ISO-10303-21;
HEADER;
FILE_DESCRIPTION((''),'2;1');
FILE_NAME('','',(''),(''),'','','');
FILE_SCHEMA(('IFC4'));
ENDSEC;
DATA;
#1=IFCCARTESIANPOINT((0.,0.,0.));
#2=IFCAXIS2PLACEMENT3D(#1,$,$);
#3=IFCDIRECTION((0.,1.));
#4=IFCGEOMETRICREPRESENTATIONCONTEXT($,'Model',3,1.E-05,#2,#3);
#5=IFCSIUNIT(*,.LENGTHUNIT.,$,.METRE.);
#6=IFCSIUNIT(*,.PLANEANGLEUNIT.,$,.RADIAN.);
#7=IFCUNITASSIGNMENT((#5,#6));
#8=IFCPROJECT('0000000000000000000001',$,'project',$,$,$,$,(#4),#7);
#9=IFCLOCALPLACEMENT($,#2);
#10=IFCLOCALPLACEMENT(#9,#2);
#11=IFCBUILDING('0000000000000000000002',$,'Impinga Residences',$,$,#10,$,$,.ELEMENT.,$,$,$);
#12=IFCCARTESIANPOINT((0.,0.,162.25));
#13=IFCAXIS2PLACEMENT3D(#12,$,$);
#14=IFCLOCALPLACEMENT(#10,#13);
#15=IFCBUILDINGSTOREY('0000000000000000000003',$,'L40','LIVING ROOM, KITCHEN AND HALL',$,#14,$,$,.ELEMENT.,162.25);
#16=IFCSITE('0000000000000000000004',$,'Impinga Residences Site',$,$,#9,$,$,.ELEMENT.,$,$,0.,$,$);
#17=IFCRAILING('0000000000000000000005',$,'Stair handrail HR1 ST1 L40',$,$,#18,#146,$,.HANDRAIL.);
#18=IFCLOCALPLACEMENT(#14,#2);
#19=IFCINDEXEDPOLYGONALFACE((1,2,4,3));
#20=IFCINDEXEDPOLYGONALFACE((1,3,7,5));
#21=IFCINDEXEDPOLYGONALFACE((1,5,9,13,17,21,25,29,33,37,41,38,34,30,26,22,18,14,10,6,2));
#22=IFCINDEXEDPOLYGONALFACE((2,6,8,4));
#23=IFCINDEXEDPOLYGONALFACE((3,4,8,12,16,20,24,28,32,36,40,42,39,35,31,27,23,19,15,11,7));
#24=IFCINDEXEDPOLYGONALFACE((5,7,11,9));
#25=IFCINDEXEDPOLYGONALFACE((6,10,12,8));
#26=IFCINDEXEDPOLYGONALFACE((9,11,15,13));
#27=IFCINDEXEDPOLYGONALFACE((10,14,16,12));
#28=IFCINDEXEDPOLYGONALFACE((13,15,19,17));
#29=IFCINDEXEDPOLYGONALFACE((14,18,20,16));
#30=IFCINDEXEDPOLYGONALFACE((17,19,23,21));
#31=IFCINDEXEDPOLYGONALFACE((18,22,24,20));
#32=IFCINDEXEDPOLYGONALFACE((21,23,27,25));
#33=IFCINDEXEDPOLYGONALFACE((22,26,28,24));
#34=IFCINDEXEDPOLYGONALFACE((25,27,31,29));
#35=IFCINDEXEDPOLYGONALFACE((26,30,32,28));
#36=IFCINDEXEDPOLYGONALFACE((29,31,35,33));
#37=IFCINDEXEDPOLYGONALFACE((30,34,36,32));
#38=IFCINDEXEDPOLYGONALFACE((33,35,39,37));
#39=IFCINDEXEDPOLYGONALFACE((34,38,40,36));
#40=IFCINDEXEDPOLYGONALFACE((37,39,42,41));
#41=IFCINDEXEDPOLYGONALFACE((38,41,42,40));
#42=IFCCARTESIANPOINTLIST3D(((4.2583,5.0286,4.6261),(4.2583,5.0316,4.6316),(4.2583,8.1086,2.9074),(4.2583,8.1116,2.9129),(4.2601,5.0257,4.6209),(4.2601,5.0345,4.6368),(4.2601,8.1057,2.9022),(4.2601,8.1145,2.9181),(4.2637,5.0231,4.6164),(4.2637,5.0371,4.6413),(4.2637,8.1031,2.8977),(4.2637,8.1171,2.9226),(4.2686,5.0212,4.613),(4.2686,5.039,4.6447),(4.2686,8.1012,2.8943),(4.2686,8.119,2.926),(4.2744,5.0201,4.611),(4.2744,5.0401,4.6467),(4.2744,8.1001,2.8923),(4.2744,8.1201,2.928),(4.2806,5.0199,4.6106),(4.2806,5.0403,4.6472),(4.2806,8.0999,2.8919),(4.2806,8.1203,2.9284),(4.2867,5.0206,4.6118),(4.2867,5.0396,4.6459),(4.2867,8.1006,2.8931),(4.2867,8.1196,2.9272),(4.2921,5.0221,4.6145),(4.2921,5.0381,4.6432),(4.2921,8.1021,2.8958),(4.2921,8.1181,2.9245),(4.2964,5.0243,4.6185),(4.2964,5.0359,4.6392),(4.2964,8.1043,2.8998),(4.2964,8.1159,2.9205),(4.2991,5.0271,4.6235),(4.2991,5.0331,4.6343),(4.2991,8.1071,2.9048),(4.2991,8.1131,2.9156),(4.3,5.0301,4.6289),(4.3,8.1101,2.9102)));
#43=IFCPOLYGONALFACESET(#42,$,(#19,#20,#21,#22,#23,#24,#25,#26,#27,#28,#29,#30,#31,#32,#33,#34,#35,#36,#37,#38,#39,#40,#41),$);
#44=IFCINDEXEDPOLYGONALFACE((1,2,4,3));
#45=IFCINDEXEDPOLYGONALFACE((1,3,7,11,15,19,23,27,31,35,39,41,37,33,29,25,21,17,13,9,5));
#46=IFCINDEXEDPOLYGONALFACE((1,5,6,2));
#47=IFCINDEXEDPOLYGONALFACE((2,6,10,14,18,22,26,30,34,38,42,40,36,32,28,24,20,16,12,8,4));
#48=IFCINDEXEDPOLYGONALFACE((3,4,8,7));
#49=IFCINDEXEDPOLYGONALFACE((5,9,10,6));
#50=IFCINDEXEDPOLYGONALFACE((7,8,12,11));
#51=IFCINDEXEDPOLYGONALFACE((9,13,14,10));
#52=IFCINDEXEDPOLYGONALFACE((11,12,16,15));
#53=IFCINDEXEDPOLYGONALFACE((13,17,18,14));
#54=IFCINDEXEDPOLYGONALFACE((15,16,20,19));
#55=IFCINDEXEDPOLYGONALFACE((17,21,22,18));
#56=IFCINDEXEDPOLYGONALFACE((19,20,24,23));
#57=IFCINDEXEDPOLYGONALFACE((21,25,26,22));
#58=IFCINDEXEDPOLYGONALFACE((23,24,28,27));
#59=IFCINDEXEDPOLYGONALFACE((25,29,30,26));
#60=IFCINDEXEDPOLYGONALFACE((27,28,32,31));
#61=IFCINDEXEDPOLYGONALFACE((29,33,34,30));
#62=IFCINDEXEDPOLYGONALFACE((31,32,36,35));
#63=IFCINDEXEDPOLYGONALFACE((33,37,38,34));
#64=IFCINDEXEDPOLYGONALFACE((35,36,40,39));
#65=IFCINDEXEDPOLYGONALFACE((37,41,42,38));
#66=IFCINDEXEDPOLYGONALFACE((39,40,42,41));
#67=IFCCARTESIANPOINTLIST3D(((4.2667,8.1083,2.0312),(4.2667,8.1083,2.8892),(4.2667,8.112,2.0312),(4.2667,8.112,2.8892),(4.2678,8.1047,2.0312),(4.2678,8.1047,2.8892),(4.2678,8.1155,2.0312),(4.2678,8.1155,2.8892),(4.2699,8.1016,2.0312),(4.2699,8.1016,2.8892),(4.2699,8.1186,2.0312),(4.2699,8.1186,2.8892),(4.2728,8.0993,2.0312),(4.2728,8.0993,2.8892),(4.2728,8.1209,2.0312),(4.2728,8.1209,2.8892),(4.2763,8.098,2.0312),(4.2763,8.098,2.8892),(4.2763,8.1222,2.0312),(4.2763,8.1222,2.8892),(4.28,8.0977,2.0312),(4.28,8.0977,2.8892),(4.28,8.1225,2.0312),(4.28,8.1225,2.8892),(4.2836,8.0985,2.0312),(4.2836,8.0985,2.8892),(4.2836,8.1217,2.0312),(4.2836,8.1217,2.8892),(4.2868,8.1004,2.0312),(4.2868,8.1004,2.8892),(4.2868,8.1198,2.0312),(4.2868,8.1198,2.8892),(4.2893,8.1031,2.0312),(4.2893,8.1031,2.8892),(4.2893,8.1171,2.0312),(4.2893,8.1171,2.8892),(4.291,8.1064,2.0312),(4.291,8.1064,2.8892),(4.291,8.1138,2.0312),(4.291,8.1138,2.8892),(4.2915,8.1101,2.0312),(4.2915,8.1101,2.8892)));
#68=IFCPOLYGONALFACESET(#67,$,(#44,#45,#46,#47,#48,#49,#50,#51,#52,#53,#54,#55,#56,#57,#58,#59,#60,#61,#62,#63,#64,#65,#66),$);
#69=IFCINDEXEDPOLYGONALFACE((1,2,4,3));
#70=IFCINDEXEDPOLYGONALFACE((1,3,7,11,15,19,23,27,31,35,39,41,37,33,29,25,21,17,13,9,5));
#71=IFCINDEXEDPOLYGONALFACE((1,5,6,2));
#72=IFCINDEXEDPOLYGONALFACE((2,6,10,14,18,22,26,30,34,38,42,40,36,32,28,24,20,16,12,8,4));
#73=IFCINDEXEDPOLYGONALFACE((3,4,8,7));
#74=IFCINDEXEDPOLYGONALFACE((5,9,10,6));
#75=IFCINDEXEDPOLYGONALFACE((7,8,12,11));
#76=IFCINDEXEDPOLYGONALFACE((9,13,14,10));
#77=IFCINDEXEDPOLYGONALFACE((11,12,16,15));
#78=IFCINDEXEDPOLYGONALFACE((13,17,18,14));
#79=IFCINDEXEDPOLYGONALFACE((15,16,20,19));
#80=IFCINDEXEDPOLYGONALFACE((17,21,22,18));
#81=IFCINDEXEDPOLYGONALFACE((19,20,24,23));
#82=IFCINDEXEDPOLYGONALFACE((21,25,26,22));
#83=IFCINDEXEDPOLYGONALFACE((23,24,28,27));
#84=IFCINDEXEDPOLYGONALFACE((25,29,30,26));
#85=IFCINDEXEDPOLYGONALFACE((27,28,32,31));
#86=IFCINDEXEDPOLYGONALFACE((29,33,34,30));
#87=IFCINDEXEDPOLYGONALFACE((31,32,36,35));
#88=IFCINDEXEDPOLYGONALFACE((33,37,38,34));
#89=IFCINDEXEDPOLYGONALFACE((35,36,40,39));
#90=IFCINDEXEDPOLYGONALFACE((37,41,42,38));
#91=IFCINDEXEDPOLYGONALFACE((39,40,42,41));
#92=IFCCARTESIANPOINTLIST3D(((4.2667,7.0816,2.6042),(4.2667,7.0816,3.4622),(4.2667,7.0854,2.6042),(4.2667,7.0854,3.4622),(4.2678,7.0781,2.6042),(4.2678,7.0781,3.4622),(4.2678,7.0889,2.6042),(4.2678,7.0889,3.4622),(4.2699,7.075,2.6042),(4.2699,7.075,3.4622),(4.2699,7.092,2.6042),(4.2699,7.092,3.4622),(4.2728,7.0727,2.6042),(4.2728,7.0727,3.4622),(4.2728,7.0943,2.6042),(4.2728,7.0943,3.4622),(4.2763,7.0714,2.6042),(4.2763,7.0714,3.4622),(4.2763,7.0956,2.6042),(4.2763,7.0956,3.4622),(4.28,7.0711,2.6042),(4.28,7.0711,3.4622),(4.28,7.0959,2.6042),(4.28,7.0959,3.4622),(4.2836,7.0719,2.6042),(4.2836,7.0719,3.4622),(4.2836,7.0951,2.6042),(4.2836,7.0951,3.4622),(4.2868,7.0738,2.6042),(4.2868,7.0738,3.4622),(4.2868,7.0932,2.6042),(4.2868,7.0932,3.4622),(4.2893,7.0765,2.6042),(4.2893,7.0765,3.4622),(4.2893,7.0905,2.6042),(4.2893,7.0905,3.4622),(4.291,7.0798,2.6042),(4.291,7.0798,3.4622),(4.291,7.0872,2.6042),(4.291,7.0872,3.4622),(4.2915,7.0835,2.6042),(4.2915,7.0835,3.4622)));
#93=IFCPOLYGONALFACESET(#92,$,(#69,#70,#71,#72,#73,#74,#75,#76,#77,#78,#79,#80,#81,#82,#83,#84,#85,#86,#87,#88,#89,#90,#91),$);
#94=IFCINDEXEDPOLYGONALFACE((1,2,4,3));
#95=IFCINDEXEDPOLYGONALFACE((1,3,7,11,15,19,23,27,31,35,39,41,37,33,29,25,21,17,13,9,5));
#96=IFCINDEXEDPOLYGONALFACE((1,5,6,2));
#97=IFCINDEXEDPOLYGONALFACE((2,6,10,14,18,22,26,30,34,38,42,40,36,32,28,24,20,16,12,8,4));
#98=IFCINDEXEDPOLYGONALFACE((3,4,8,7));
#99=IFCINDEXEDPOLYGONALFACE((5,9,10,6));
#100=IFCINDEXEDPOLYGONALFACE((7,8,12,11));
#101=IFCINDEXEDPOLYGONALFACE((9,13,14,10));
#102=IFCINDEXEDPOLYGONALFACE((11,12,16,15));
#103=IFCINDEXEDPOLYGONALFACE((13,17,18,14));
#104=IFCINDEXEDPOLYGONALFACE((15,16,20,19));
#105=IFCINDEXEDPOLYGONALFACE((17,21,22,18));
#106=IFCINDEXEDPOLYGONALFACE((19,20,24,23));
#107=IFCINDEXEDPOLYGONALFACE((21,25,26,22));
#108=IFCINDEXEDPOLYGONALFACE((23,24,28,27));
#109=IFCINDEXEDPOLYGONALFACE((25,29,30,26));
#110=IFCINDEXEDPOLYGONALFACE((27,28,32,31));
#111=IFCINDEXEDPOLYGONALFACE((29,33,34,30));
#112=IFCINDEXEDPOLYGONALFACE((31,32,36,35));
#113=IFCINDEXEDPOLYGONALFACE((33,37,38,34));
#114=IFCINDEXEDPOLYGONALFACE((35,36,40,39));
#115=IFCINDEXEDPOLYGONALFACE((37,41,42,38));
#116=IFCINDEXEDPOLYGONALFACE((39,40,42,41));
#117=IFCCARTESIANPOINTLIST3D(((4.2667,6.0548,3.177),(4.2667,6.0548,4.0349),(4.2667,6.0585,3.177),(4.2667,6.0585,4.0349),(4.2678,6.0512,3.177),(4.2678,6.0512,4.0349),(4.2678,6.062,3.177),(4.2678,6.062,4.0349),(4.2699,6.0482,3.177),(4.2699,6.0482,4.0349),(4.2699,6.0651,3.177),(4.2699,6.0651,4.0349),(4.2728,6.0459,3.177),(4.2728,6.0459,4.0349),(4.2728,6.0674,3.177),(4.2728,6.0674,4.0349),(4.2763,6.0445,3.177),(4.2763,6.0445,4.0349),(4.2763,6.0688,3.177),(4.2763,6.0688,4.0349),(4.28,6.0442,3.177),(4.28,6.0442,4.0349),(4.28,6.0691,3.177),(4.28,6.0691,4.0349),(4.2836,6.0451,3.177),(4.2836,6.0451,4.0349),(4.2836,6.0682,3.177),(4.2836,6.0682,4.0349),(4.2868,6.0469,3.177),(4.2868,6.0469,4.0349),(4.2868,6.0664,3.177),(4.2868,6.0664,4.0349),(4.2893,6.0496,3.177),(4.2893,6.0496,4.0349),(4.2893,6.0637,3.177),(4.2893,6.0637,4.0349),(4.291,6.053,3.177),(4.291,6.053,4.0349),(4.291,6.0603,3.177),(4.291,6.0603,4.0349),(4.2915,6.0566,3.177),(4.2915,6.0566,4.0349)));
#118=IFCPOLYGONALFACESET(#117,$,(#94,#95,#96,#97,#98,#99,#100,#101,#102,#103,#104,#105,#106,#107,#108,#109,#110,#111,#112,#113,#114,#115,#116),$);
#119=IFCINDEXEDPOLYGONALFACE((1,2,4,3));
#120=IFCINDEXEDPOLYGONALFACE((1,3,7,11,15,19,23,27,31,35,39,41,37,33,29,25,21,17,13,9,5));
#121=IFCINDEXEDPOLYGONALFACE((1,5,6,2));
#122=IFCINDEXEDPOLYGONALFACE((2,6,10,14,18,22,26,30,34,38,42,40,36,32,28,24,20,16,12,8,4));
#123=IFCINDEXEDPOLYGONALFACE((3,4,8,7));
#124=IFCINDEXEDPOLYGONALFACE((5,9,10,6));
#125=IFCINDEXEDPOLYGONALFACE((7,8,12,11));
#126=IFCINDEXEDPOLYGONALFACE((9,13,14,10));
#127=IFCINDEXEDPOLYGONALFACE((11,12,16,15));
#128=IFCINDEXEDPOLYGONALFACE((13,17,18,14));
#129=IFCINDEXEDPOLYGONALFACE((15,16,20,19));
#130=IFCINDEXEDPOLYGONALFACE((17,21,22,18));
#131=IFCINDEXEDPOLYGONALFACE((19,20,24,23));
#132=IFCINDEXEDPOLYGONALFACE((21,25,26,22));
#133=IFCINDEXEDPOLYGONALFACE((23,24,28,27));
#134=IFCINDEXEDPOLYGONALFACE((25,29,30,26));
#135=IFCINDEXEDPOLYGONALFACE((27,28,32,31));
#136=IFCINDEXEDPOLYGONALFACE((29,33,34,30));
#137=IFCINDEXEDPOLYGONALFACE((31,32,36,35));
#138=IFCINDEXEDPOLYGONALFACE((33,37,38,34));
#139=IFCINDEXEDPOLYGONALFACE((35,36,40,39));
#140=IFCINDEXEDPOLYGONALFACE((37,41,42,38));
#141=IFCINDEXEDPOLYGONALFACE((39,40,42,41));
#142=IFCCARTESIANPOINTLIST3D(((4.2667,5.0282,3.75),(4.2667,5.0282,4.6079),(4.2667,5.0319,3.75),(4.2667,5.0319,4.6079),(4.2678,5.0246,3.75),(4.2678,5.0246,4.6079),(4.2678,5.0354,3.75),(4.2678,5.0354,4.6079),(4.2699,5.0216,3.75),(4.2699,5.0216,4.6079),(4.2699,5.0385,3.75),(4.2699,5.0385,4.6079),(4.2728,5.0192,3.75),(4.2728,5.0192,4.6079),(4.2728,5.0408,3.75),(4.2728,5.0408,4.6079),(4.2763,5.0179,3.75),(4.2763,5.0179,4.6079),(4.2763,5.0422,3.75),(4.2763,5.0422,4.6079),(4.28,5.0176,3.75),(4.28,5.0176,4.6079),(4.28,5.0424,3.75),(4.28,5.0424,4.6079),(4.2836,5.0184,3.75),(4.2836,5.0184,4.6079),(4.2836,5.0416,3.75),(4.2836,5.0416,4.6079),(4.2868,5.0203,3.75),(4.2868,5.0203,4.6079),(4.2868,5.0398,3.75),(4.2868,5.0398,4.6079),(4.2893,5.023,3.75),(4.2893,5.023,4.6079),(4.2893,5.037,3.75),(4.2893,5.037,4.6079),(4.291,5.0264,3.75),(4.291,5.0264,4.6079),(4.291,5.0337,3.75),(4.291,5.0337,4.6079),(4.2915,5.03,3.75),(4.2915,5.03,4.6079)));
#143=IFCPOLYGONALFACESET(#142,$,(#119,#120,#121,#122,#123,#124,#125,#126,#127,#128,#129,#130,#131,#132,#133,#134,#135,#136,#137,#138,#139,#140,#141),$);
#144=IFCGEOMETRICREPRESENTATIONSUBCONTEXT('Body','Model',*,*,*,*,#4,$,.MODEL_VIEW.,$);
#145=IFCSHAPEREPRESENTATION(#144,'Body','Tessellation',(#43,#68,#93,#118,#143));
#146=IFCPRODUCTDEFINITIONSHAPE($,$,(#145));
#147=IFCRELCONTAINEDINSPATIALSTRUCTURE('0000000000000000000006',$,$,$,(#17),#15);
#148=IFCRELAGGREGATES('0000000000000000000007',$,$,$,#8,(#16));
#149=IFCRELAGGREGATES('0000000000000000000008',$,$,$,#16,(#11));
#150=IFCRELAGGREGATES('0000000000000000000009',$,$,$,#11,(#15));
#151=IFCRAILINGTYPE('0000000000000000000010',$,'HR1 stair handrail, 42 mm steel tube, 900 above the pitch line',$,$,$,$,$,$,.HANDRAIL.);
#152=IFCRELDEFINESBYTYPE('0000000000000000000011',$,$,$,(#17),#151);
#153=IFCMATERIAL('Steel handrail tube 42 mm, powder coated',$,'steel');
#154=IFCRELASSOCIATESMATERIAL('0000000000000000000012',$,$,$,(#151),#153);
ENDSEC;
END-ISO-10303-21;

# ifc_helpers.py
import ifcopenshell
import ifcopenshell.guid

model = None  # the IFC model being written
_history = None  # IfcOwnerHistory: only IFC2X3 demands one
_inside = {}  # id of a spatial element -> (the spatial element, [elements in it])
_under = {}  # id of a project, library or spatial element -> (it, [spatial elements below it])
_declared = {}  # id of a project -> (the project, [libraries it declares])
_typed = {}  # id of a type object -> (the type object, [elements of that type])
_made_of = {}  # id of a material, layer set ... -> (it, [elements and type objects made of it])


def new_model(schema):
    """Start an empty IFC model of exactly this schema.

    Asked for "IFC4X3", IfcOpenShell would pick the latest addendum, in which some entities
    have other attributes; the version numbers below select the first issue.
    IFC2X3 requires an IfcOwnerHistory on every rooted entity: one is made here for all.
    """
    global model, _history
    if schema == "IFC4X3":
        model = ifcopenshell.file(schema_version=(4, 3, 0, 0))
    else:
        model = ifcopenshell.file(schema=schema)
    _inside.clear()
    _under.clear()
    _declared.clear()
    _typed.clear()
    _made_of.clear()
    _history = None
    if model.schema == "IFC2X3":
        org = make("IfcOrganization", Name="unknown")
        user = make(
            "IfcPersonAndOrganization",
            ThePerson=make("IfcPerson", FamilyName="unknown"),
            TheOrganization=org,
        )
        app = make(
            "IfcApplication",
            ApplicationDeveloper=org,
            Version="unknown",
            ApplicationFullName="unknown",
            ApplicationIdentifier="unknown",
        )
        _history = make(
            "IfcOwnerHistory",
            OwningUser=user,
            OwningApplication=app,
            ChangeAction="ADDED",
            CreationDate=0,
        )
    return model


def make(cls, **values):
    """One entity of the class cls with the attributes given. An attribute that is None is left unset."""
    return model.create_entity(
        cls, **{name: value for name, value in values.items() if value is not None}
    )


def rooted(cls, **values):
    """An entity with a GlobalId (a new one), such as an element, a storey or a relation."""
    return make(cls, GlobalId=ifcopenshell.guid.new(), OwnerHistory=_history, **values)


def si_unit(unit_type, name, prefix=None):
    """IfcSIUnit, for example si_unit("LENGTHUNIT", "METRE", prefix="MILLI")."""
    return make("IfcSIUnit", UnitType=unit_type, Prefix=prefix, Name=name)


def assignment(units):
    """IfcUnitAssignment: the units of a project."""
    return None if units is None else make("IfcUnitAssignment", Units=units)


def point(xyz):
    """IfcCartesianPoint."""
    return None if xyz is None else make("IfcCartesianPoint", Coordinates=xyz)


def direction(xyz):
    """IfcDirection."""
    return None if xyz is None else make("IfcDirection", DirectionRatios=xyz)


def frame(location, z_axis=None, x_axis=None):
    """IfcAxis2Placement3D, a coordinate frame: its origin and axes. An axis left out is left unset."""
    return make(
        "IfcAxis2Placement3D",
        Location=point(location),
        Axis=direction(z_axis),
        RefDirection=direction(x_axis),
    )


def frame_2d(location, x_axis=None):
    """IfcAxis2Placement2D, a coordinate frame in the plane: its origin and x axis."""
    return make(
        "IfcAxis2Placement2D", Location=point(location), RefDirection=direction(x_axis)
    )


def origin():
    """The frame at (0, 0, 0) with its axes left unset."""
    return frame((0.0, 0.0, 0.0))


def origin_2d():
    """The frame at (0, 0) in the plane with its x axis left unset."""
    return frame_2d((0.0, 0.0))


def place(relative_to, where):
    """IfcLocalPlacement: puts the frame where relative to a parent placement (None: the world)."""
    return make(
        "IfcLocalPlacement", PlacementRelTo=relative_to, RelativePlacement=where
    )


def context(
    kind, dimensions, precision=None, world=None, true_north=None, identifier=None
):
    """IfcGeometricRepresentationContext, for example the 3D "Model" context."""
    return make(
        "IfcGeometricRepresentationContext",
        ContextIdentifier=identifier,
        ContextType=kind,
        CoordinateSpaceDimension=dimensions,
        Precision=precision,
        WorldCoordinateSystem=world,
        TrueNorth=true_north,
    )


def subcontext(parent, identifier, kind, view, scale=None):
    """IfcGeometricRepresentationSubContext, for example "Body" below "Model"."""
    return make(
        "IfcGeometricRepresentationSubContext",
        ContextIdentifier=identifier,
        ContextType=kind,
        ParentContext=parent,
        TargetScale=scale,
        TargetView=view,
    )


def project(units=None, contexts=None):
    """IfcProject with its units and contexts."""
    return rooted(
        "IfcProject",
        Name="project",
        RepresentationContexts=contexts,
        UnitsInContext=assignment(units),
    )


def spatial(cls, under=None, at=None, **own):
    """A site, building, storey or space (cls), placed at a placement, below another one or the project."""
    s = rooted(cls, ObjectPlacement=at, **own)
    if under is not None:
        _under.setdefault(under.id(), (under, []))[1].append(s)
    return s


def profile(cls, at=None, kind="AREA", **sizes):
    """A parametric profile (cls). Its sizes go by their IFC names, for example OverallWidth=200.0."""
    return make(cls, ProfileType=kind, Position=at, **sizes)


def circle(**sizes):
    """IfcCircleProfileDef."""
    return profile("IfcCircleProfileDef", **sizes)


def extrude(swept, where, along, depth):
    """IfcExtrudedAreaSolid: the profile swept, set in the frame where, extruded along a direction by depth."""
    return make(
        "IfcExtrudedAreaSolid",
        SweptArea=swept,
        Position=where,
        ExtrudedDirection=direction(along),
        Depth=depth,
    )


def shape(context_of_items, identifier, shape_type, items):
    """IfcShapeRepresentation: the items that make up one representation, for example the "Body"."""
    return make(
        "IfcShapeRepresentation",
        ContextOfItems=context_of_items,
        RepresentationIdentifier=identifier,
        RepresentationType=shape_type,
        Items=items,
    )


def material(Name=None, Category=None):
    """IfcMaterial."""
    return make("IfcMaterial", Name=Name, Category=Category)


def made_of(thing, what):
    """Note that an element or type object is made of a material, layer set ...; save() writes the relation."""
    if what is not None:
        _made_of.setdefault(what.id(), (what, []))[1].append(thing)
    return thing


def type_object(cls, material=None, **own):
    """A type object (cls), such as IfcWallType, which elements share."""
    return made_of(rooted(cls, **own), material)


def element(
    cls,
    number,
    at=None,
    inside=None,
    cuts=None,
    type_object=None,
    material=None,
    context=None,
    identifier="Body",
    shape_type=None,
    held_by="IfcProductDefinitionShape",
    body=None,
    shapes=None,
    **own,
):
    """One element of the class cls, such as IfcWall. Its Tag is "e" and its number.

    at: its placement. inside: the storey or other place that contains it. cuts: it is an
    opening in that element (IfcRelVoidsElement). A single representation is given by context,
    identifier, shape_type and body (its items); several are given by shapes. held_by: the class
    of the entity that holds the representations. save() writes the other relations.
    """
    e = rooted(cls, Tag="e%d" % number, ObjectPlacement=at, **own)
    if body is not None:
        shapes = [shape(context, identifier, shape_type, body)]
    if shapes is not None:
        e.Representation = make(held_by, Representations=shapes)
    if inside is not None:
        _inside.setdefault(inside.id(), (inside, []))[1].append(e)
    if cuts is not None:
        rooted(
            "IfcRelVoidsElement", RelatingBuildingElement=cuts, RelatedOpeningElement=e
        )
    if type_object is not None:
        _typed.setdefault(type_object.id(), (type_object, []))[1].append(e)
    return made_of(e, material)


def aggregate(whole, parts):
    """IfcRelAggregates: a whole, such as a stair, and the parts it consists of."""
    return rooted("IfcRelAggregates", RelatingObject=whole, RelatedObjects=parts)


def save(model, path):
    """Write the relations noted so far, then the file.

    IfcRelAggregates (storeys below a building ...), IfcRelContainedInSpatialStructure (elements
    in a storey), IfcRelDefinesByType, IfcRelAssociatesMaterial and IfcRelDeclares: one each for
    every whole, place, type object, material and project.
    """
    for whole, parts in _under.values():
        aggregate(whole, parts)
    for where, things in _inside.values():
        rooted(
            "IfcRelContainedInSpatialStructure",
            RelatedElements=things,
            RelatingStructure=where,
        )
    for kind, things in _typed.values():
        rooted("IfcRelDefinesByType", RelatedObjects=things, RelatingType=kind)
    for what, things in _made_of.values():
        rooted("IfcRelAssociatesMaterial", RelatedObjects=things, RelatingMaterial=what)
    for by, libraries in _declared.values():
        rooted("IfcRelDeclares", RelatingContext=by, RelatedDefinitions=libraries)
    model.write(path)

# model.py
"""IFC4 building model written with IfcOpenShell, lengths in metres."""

from ifc_helpers import new_model, si_unit, direction, frame, origin, origin_2d, place, context, subcontext, project, spatial, circle, extrude, material, type_object, element, save


model = new_model("IFC4")

# Units and contexts
model_context = context("Model", 3, precision=1e-05, world=origin(), true_north=direction((0.0, 1.0)))
body_context = subcontext(model_context, "Body", "Model", "MODEL_VIEW")
ifc_project = project(units=[si_unit("LENGTHUNIT", "METRE"), si_unit("PLANEANGLEUNIT", "RADIAN")], contexts=[model_context])

# Site, building, storey
site_placement = place(None, origin())
site = spatial("IfcSite", under=ifc_project, at=site_placement, Name="Impinga Residences Site", CompositionType="ELEMENT", RefElevation=0.0)
building_placement = place(site_placement, origin())
building = spatial("IfcBuilding", under=site, at=building_placement, Name="Impinga Residences", CompositionType="ELEMENT")
storey_placement = place(building_placement, frame((0.0, 0.0, 162.25)))
storey = spatial("IfcBuildingStorey", under=building, at=storey_placement, Name="L40", Description="LIVING ROOM, KITCHEN AND HALL", CompositionType="ELEMENT", Elevation=162.25)

# Railing
ifc_material_1 = material(Name="Steel handrail tube 42 mm, powder coated", Category="steel")
railing_type_1 = type_object("IfcRailingType", Name="HR1 stair handrail, 42 mm steel tube, 900 above the pitch line", PredefinedType="HANDRAIL", material=ifc_material_1)
railing_1_placement = place(storey_placement, frame((4.2791, 8.1101, 2.0312)))
element("IfcRailing", 1, at=railing_1_placement, inside=storey, type_object=railing_type_1, Name="Stair handrail HR1 ST1 L40", PredefinedType="HANDRAIL", context=body_context, shape_type="SweptSolid", body=[
    extrude(circle(Radius=0.021, at=origin_2d()), frame((0.0, 0.0, 0.8789), z_axis=(0.0, -0.873242, 0.487288), x_axis=(1.0, 0.0, 0.0)), (0.0, 0.0, 1.0), 3.5271),
    extrude(circle(Radius=0.0125, at=origin_2d()), origin(), (0.0, 0.0, 1.0), 0.8579),
    extrude(circle(Radius=0.0125, at=origin_2d()), frame((0.0, -1.0266, 0.573)), (0.0, 0.0, 1.0), 0.8579),
    extrude(circle(Radius=0.0125, at=origin_2d()), frame((0.0, -2.0535, 1.1458)), (0.0, 0.0, 1.0), 0.8579),
    extrude(circle(Radius=0.0125, at=origin_2d()), frame((0.0, -3.0801, 1.7188)), (0.0, 0.0, 1.0), 0.8579),
])

save(model, "model.ifc")
